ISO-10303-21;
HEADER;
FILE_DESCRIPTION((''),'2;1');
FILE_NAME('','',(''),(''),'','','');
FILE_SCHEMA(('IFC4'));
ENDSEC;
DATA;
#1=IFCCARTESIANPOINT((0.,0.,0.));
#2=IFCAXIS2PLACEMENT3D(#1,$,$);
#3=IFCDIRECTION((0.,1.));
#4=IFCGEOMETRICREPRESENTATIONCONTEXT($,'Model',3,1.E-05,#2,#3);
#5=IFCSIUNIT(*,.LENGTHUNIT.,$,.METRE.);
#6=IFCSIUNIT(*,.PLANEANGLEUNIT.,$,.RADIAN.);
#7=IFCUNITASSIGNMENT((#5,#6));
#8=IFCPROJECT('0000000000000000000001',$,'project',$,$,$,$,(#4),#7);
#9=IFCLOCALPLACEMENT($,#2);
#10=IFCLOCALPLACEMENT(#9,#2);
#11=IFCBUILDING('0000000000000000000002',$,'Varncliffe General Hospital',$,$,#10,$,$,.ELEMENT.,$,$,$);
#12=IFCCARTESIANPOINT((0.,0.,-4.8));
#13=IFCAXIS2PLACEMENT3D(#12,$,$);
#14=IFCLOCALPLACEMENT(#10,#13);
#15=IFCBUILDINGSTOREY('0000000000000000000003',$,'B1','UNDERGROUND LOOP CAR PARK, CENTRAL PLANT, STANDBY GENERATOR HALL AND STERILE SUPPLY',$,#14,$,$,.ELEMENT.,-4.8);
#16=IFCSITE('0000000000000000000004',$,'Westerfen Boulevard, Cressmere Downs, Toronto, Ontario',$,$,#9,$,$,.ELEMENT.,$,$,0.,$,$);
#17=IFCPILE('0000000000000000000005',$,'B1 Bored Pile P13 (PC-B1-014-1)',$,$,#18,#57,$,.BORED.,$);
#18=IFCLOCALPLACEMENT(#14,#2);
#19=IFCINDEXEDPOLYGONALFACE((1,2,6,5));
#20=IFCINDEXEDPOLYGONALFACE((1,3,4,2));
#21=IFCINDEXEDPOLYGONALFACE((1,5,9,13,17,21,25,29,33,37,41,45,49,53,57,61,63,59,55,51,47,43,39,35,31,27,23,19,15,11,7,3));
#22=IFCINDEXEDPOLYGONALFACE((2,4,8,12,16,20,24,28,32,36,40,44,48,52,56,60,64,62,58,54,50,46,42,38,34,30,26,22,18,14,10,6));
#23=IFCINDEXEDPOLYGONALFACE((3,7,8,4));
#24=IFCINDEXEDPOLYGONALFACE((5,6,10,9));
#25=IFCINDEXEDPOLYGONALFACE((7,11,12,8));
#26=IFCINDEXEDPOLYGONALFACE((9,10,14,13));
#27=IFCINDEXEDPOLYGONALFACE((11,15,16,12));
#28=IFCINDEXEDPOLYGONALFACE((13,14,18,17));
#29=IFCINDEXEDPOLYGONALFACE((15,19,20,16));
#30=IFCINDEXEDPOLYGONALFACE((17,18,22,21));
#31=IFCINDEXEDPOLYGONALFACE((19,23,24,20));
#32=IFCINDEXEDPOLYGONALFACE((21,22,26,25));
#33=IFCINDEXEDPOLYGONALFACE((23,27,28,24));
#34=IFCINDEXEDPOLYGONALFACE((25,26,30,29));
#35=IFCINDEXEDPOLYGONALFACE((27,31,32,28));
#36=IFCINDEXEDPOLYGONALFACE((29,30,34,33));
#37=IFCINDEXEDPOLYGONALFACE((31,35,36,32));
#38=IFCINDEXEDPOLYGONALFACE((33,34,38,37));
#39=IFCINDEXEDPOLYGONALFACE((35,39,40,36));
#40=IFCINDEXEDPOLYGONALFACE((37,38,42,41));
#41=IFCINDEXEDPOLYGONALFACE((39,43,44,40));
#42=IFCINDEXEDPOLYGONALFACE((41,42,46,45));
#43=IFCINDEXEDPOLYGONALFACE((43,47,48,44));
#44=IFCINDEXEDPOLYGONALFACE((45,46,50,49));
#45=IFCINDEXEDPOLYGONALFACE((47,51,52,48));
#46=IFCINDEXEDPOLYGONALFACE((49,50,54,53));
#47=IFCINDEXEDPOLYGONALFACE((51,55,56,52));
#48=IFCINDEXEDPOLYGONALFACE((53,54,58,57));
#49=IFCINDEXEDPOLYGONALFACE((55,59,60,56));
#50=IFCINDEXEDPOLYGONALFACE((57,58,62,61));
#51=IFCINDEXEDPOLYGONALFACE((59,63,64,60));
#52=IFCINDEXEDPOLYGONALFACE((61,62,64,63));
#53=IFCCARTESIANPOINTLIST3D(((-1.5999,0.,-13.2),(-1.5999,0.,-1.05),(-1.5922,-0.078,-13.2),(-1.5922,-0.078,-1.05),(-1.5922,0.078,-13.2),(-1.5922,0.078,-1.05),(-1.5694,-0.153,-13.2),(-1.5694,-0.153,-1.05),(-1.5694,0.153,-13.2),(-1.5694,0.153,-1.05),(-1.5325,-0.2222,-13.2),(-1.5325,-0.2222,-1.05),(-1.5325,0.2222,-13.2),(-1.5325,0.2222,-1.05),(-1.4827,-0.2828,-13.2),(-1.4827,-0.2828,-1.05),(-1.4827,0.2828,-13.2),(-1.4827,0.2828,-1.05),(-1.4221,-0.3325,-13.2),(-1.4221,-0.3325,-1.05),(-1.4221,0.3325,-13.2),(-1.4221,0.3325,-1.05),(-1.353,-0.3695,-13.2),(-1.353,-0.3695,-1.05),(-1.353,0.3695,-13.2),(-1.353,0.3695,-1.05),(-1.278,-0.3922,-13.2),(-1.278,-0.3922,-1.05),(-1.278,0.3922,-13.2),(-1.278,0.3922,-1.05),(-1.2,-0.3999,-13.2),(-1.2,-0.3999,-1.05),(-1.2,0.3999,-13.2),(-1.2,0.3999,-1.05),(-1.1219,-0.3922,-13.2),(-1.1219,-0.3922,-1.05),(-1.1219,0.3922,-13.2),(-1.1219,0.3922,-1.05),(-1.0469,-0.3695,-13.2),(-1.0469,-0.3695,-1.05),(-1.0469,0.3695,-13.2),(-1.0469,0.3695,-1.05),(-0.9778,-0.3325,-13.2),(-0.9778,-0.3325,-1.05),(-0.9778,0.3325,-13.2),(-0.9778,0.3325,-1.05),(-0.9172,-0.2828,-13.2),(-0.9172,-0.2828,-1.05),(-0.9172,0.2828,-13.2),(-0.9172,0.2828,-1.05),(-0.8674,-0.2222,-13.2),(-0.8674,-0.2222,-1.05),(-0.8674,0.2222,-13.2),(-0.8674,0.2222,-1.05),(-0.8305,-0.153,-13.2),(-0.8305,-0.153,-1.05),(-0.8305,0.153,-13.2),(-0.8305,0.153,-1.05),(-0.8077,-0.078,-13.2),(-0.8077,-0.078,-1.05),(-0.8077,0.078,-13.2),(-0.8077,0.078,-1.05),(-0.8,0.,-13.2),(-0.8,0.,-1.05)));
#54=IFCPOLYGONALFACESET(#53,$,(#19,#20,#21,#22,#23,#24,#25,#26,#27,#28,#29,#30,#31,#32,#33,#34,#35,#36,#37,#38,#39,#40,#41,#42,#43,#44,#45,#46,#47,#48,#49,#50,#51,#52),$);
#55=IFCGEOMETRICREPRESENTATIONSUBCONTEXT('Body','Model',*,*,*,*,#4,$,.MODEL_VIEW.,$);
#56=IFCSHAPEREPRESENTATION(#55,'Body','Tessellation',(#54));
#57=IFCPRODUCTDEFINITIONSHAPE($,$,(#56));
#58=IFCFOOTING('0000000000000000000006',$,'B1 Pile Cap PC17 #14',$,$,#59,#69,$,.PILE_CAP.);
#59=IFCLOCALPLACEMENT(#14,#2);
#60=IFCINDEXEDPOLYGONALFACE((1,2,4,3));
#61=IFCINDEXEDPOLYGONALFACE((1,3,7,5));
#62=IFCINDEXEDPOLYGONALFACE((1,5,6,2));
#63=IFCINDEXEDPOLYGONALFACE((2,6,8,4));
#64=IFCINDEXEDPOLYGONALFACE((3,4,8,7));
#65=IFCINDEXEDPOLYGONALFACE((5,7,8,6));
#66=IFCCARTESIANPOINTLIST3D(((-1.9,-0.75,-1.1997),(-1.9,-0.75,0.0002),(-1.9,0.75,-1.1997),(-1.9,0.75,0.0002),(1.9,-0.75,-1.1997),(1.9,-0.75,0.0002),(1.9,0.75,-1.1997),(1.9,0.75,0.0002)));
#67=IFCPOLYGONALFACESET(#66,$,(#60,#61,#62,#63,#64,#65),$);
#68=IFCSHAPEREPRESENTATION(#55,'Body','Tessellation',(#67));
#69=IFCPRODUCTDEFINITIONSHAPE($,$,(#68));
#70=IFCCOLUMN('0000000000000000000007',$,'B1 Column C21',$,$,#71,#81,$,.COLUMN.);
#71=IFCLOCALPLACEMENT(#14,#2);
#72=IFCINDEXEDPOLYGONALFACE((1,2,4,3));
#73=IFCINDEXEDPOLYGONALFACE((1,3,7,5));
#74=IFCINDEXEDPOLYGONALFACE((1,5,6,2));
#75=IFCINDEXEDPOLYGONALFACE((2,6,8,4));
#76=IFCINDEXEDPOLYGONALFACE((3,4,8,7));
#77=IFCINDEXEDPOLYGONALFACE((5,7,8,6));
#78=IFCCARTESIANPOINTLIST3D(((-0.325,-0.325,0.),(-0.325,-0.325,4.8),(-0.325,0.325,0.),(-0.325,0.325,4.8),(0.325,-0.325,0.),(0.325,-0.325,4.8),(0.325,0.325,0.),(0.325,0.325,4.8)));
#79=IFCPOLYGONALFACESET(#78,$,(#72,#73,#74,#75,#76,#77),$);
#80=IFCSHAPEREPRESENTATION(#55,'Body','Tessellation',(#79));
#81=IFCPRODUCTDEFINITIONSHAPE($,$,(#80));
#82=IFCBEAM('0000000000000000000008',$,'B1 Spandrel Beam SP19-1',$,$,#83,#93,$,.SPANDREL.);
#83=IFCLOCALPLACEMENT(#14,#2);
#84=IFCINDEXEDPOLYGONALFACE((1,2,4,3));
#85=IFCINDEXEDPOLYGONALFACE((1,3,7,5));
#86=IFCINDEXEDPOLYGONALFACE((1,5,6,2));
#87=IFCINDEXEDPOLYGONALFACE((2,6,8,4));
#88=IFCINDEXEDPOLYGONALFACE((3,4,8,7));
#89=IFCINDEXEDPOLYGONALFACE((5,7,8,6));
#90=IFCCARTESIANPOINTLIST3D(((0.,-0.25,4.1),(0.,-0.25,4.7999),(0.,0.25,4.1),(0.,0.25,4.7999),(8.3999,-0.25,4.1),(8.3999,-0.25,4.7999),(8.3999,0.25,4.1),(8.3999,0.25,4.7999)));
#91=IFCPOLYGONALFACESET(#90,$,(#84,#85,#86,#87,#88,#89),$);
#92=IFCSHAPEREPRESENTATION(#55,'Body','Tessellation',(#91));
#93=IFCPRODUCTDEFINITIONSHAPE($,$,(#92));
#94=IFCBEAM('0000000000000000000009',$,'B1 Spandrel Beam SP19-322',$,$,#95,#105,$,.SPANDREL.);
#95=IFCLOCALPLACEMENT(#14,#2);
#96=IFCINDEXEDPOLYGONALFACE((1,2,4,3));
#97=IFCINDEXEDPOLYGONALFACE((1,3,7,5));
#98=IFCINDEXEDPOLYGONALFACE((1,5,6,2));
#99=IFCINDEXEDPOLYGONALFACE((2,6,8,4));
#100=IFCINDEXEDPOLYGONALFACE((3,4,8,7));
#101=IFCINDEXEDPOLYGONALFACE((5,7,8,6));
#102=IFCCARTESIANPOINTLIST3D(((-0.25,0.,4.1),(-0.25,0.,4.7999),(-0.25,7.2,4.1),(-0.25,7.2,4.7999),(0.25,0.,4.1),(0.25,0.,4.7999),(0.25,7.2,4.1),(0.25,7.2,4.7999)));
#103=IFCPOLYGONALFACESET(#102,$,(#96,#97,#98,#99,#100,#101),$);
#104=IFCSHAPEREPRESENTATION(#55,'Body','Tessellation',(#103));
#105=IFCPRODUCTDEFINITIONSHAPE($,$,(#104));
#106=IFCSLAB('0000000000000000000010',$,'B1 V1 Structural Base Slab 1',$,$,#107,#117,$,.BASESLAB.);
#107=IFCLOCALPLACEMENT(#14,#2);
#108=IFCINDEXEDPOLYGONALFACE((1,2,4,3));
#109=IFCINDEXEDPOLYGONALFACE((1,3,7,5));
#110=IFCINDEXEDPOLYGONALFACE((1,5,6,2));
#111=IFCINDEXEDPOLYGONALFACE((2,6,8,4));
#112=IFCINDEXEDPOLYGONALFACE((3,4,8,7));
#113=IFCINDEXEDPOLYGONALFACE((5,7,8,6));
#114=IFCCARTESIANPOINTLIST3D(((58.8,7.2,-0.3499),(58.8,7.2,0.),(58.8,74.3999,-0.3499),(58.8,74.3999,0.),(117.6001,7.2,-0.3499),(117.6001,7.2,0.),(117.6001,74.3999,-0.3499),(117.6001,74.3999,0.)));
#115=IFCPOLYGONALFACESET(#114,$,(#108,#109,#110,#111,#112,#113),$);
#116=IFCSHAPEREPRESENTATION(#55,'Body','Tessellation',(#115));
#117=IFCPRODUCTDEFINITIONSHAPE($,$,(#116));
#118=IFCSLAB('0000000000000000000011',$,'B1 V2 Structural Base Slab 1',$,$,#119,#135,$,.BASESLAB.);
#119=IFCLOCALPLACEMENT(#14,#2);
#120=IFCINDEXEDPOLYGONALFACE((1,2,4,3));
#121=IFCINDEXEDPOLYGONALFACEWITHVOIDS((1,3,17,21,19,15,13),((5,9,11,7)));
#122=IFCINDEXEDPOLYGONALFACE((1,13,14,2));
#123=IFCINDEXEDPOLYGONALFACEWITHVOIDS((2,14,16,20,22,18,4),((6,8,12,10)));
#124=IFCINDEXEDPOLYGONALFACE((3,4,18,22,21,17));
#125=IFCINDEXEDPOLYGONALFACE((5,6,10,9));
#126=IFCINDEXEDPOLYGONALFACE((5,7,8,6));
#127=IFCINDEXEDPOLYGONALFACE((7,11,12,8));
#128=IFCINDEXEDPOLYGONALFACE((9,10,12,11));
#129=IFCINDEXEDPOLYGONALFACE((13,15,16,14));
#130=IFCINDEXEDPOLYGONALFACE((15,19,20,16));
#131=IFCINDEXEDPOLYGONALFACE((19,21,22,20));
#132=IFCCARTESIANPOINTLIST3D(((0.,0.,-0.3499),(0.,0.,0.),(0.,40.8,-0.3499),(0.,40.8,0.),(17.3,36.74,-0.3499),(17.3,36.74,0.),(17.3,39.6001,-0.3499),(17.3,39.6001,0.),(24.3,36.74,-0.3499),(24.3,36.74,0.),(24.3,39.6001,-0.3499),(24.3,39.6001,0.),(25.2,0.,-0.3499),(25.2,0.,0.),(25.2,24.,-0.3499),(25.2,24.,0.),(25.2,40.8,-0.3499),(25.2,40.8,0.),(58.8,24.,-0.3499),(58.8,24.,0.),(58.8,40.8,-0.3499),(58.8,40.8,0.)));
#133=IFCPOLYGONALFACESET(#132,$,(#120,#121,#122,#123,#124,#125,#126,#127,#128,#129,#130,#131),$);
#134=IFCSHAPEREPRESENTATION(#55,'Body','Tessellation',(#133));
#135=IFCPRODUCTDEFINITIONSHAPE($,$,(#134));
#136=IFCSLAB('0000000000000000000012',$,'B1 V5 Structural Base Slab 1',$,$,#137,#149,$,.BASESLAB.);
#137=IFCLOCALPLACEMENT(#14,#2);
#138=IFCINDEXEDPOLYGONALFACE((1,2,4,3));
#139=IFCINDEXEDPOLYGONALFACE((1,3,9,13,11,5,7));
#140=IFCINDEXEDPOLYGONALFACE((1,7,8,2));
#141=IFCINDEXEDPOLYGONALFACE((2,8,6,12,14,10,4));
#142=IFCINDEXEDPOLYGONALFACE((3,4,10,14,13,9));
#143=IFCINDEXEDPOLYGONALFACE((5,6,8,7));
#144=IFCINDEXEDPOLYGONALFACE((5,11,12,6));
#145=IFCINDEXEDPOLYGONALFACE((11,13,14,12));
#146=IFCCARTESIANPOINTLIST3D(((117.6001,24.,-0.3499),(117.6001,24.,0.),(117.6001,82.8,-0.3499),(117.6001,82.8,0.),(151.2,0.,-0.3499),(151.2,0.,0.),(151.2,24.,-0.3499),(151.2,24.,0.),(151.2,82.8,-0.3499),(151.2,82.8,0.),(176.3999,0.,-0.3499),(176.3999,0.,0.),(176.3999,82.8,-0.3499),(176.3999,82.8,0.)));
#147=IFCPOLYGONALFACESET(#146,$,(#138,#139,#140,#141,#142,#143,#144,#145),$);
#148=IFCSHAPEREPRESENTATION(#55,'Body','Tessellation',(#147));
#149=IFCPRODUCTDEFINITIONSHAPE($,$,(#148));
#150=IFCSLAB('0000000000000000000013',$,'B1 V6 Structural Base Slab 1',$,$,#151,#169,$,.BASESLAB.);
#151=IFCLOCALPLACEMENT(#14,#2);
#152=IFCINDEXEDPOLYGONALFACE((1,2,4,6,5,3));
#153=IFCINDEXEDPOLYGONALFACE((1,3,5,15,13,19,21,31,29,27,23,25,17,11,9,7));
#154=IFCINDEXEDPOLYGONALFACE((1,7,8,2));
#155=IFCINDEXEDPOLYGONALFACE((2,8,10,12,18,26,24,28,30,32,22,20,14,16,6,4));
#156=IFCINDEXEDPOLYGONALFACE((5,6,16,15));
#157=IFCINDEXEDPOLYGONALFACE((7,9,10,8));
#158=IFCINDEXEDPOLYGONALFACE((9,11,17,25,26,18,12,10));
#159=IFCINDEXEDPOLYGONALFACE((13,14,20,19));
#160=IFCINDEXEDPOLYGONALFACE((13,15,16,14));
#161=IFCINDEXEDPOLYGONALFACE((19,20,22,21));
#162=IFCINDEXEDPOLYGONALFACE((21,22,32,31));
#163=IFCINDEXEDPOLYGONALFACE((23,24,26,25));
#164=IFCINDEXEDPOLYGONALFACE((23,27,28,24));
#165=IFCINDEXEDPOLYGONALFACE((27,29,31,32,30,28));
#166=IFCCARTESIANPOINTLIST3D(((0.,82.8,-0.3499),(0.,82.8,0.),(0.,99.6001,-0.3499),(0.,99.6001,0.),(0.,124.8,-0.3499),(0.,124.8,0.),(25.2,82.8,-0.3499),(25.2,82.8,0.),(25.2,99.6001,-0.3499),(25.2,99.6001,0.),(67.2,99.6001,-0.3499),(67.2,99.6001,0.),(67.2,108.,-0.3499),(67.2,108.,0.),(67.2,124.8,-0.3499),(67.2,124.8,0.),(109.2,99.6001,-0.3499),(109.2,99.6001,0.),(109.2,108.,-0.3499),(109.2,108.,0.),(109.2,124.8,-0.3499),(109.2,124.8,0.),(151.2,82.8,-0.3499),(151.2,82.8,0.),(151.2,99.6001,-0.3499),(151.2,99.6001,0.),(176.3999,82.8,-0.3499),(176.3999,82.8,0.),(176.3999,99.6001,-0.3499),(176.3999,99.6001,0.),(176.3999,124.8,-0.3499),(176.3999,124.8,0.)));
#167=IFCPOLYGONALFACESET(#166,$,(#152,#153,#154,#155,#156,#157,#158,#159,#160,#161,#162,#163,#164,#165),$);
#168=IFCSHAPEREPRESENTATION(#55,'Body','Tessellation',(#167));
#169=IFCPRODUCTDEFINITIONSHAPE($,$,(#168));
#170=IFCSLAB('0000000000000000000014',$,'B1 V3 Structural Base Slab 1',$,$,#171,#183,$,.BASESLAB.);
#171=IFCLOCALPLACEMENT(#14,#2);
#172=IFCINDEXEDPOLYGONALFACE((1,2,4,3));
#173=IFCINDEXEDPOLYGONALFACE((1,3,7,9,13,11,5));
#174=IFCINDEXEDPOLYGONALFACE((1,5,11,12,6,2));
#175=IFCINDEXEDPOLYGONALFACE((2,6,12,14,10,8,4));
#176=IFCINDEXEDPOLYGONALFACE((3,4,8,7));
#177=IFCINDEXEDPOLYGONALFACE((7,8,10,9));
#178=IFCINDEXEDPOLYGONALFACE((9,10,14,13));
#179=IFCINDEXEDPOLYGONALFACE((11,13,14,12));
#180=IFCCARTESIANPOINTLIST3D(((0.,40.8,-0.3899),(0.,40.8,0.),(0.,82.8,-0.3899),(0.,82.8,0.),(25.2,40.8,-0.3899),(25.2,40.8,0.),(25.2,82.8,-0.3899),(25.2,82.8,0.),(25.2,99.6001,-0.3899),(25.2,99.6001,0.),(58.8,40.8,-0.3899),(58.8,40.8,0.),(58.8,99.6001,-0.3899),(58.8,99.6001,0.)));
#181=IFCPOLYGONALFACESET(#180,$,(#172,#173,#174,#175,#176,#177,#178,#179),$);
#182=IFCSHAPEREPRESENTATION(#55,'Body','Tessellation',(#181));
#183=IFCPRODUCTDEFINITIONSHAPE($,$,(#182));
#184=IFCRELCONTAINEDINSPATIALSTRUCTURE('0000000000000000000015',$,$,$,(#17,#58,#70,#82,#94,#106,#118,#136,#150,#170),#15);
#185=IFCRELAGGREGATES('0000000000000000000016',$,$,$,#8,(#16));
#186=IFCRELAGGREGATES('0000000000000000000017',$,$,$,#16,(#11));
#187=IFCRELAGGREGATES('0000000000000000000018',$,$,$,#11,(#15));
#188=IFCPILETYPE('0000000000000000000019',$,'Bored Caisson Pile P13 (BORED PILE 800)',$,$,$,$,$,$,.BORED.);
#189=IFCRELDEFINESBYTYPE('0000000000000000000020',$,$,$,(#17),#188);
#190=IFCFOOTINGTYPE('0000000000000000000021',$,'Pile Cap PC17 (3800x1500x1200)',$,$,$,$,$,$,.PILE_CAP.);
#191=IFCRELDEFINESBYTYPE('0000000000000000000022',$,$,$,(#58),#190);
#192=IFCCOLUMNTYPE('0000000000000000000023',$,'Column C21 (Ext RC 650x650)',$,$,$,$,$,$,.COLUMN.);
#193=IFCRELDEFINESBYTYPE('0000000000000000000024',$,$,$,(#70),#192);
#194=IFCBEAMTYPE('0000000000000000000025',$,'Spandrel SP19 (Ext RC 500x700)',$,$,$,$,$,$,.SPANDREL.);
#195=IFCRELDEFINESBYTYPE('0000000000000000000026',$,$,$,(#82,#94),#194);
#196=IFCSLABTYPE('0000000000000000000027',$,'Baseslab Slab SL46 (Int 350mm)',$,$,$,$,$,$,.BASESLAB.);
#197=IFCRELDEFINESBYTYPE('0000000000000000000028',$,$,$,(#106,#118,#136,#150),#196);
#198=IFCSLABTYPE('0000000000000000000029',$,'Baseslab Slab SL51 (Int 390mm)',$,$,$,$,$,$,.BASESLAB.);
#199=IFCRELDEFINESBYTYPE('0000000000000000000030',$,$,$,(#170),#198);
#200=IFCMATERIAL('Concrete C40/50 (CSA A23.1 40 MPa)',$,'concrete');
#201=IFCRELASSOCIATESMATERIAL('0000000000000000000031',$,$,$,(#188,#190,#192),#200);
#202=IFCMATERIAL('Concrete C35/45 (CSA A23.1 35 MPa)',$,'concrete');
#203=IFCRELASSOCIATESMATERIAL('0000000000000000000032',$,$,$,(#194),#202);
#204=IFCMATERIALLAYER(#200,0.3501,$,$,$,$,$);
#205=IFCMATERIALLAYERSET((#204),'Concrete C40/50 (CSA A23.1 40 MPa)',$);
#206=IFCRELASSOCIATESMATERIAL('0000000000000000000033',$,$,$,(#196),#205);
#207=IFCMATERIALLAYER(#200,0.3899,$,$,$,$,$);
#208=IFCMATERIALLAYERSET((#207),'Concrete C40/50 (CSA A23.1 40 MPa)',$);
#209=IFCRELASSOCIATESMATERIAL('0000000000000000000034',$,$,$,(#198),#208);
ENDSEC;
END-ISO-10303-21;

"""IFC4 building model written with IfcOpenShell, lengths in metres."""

from ifc_helpers import new_model, si_unit, direction, frame, origin, origin_with_axes, origin_2d, place, context, subcontext, project, spatial, polyline, rectangle, circle, outline, extrude, material, layer, layer_set, material_profile, profile_set, type_object, element, save


model = new_model("IFC4")

# Units and contexts
model_context = context("Model", 3, precision=1e-05, world=origin(), true_north=direction((0.0, 1.0)))
body_context = subcontext(model_context, "Body", "Model", "MODEL_VIEW")
ifc_project = project(units=[si_unit("LENGTHUNIT", "METRE"), si_unit("PLANEANGLEUNIT", "RADIAN")], contexts=[model_context])

# Site, building, storey
site_placement = place(None, origin())
site = spatial("IfcSite", under=ifc_project, at=site_placement, Name="Westerfen Boulevard, Cressmere Downs, Toronto, Ontario", CompositionType="ELEMENT", RefElevation=0.0)
building_placement = place(site_placement, origin())
building = spatial("IfcBuilding", under=site, at=building_placement, Name="Varncliffe General Hospital", CompositionType="ELEMENT")
storey_placement = place(building_placement, frame((0.0, 0.0, -4.8)))
storey = spatial("IfcBuildingStorey", under=building, at=storey_placement, Name="B1", Description="UNDERGROUND LOOP CAR PARK, CENTRAL PLANT, STANDBY GENERATOR HALL AND STERILE SUPPLY", CompositionType="ELEMENT", Elevation=-4.8)

# Pile
ifc_material_1 = material(Name="Concrete C40/50 (CSA A23.1 40 MPa)", Category="concrete")
ifc_material_profile_1 = material_profile(ifc_material_1, circle(Radius=0.3999, at=origin_2d()), Name="BORED PILE 800")
ifc_profile_set_1 = profile_set([ifc_material_profile_1], Name="Concrete C40/50 (CSA A23.1 40 MPa)")
pile_type = type_object("IfcPileType", Name="Bored Caisson Pile P13 (BORED PILE 800)", PredefinedType="BORED", material=ifc_profile_set_1)
pile_placement = place(storey_placement, frame((-1.2, 0.0, -1.05), z_axis=(0.0, 0.0, -1.0), x_axis=(1.0, 0.0, 0.0)))
element("IfcPile", 1, at=pile_placement, inside=storey, type_object=pile_type, Name="B1 Bored Pile P13 (PC-B1-014-1)", PredefinedType="BORED", context=body_context, shape_type="SweptSolid", body=[
    extrude(circle(Radius=0.3999, at=origin_2d()), origin(), (0.0, 0.0, 1.0), 12.1499),
])

# Footing
footing_type = type_object("IfcFootingType", Name="Pile Cap PC17 (3800x1500x1200)", PredefinedType="PILE_CAP", material=ifc_material_1)
footing_placement = place(storey_placement, frame((0.0, 0.0, -1.1997), z_axis=(0.0, 0.0, 1.0), x_axis=(1.0, 0.0, 0.0)))
element("IfcFooting", 2, at=footing_placement, inside=storey, type_object=footing_type, Name="B1 Pile Cap PC17 #14", PredefinedType="PILE_CAP", context=body_context, shape_type="SweptSolid", body=[
    extrude(rectangle(XDim=3.8, YDim=1.5, at=origin_2d()), origin(), (0.0, 0.0, 1.0), 1.2),
])

# Column
ifc_material_profile_2 = material_profile(ifc_material_1, rectangle(XDim=0.6499, YDim=0.6499, at=origin_2d()), Name="RC 650x650")
ifc_profile_set_2 = profile_set([ifc_material_profile_2], Name="Concrete C40/50 (CSA A23.1 40 MPa)")
column_type = type_object("IfcColumnType", Name="Column C21 (Ext RC 650x650)", PredefinedType="COLUMN", material=ifc_profile_set_2)
column_placement = place(storey_placement, origin_with_axes())
element("IfcColumn", 3, at=column_placement, inside=storey, type_object=column_type, Name="B1 Column C21", PredefinedType="COLUMN", context=body_context, shape_type="SweptSolid", body=[
    extrude(rectangle(XDim=0.6499, YDim=0.6499, at=origin_2d()), origin(), (0.0, 0.0, 1.0), 4.8),
])

# Beams
ifc_material_2 = material(Name="Concrete C35/45 (CSA A23.1 35 MPa)", Category="concrete")
ifc_material_profile_3 = material_profile(ifc_material_2, rectangle(XDim=0.5, YDim=0.7, at=origin_2d()), Name="RC 500x700")
ifc_profile_set_3 = profile_set([ifc_material_profile_3], Name="Concrete C35/45 (CSA A23.1 35 MPa)")
beam_type = type_object("IfcBeamType", Name="Spandrel SP19 (Ext RC 500x700)", PredefinedType="SPANDREL", material=ifc_profile_set_3)
beam_1_placement = place(storey_placement, frame((0.0, 0.0, 4.45), z_axis=(1.0, 0.0, 0.0), x_axis=(0.0, 1.0, 0.0)))
element("IfcBeam", 4, at=beam_1_placement, inside=storey, type_object=beam_type, Name="B1 Spandrel Beam SP19-1", PredefinedType="SPANDREL", context=body_context, shape_type="SweptSolid", body=[
    extrude(rectangle(XDim=0.5, YDim=0.7, at=origin_2d()), origin(), (0.0, 0.0, 1.0), 8.3999),
])
beam_2_placement = place(storey_placement, frame((0.0, 0.0, 4.45), z_axis=(0.0, 1.0, 0.0), x_axis=(-1.0, 0.0, 0.0)))
element("IfcBeam", 5, at=beam_2_placement, inside=storey, type_object=beam_type, Name="B1 Spandrel Beam SP19-322", PredefinedType="SPANDREL", context=body_context, shape_type="SweptSolid", body=[
    extrude(rectangle(XDim=0.5, YDim=0.7, at=origin_2d()), origin(), (0.0, 0.0, 1.0), 7.2),
])

# Slabs
ifc_layer_1 = layer(ifc_material_1, 0.3501)
ifc_layer_set_1 = layer_set([ifc_layer_1], Name="Concrete C40/50 (CSA A23.1 40 MPa)")
slab_type_1 = type_object("IfcSlabType", Name="Baseslab Slab SL46 (Int 350mm)", PredefinedType="BASESLAB", material=ifc_layer_set_1)
slab_1_placement = place(storey_placement, frame((0.0, 0.0, -0.3499)))
element("IfcSlab", 6, at=slab_1_placement, inside=storey, type_object=slab_type_1, Name="B1 V1 Structural Base Slab 1", PredefinedType="BASESLAB", context=body_context, shape_type="SweptSolid", body=[
    extrude(outline(polyline([(117.6001, 7.2), (117.6001, 74.3999), (58.8, 74.3999), (58.8, 7.2), (117.6001, 7.2)])), origin(), (0.0, 0.0, 1.0), 0.3499),
])
slab_2_placement = place(storey_placement, frame((0.0, 0.0, -0.3499)))
element("IfcSlab", 7, at=slab_2_placement, inside=storey, type_object=slab_type_1, Name="B1 V2 Structural Base Slab 1", PredefinedType="BASESLAB", context=body_context, shape_type="SweptSolid", body=[
    extrude(outline(polyline([(25.2, 0.0), (0.0, 0.0), (0.0, 40.8), (25.2, 40.8), (58.8, 40.8), (58.8, 24.0), (25.2, 24.0), (25.2, 0.0)]), holes=[polyline([(17.3, 36.74), (24.3, 36.74), (24.3, 39.6001), (17.3, 39.6001), (17.3, 36.74)])]), origin(), (0.0, 0.0, 1.0), 0.3499),
])
slab_3_placement = place(storey_placement, frame((0.0, 0.0, -0.3499)))
element("IfcSlab", 8, at=slab_3_placement, inside=storey, type_object=slab_type_1, Name="B1 V5 Structural Base Slab 1", PredefinedType="BASESLAB", context=body_context, shape_type="SweptSolid", body=[
    extrude(outline(polyline([(176.3999, 82.8), (176.3999, 0.0), (151.2, 0.0), (151.2, 24.0), (117.6001, 24.0), (117.6001, 82.8), (151.2, 82.8), (176.3999, 82.8)])), origin(), (0.0, 0.0, 1.0), 0.3499),
])
slab_4_placement = place(storey_placement, frame((0.0, 0.0, -0.3499)))
element("IfcSlab", 9, at=slab_4_placement, inside=storey, type_object=slab_type_1, Name="B1 V6 Structural Base Slab 1", PredefinedType="BASESLAB", context=body_context, shape_type="SweptSolid", body=[
    extrude(outline(polyline([(0.0, 99.6001), (0.0, 124.8), (67.2, 124.8), (67.2, 108.0), (109.2, 108.0), (109.2, 124.8), (176.3999, 124.8), (176.3999, 99.6001), (176.3999, 82.8), (151.2, 82.8), (151.2, 99.6001), (109.2, 99.6001), (67.2, 99.6001), (25.2, 99.6001), (25.2, 82.8), (0.0, 82.8), (0.0, 99.6001)])), origin(), (0.0, 0.0, 1.0), 0.3499),
])
ifc_layer_2 = layer(ifc_material_1, 0.3899)
ifc_layer_set_2 = layer_set([ifc_layer_2], Name="Concrete C40/50 (CSA A23.1 40 MPa)")
slab_type_2 = type_object("IfcSlabType", Name="Baseslab Slab SL51 (Int 390mm)", PredefinedType="BASESLAB", material=ifc_layer_set_2)
slab_5_placement = place(storey_placement, frame((0.0, 0.0, -0.3899)))
element("IfcSlab", 10, at=slab_5_placement, inside=storey, type_object=slab_type_2, Name="B1 V3 Structural Base Slab 1", PredefinedType="BASESLAB", context=body_context, shape_type="SweptSolid", body=[
    extrude(outline(polyline([(0.0, 40.8), (0.0, 82.8), (25.2, 82.8), (25.2, 99.6001), (58.8, 99.6001), (58.8, 40.8), (25.2, 40.8), (0.0, 40.8)])), origin(), (0.0, 0.0, 1.0), 0.3899),
])

save(model, "model.ifc")
